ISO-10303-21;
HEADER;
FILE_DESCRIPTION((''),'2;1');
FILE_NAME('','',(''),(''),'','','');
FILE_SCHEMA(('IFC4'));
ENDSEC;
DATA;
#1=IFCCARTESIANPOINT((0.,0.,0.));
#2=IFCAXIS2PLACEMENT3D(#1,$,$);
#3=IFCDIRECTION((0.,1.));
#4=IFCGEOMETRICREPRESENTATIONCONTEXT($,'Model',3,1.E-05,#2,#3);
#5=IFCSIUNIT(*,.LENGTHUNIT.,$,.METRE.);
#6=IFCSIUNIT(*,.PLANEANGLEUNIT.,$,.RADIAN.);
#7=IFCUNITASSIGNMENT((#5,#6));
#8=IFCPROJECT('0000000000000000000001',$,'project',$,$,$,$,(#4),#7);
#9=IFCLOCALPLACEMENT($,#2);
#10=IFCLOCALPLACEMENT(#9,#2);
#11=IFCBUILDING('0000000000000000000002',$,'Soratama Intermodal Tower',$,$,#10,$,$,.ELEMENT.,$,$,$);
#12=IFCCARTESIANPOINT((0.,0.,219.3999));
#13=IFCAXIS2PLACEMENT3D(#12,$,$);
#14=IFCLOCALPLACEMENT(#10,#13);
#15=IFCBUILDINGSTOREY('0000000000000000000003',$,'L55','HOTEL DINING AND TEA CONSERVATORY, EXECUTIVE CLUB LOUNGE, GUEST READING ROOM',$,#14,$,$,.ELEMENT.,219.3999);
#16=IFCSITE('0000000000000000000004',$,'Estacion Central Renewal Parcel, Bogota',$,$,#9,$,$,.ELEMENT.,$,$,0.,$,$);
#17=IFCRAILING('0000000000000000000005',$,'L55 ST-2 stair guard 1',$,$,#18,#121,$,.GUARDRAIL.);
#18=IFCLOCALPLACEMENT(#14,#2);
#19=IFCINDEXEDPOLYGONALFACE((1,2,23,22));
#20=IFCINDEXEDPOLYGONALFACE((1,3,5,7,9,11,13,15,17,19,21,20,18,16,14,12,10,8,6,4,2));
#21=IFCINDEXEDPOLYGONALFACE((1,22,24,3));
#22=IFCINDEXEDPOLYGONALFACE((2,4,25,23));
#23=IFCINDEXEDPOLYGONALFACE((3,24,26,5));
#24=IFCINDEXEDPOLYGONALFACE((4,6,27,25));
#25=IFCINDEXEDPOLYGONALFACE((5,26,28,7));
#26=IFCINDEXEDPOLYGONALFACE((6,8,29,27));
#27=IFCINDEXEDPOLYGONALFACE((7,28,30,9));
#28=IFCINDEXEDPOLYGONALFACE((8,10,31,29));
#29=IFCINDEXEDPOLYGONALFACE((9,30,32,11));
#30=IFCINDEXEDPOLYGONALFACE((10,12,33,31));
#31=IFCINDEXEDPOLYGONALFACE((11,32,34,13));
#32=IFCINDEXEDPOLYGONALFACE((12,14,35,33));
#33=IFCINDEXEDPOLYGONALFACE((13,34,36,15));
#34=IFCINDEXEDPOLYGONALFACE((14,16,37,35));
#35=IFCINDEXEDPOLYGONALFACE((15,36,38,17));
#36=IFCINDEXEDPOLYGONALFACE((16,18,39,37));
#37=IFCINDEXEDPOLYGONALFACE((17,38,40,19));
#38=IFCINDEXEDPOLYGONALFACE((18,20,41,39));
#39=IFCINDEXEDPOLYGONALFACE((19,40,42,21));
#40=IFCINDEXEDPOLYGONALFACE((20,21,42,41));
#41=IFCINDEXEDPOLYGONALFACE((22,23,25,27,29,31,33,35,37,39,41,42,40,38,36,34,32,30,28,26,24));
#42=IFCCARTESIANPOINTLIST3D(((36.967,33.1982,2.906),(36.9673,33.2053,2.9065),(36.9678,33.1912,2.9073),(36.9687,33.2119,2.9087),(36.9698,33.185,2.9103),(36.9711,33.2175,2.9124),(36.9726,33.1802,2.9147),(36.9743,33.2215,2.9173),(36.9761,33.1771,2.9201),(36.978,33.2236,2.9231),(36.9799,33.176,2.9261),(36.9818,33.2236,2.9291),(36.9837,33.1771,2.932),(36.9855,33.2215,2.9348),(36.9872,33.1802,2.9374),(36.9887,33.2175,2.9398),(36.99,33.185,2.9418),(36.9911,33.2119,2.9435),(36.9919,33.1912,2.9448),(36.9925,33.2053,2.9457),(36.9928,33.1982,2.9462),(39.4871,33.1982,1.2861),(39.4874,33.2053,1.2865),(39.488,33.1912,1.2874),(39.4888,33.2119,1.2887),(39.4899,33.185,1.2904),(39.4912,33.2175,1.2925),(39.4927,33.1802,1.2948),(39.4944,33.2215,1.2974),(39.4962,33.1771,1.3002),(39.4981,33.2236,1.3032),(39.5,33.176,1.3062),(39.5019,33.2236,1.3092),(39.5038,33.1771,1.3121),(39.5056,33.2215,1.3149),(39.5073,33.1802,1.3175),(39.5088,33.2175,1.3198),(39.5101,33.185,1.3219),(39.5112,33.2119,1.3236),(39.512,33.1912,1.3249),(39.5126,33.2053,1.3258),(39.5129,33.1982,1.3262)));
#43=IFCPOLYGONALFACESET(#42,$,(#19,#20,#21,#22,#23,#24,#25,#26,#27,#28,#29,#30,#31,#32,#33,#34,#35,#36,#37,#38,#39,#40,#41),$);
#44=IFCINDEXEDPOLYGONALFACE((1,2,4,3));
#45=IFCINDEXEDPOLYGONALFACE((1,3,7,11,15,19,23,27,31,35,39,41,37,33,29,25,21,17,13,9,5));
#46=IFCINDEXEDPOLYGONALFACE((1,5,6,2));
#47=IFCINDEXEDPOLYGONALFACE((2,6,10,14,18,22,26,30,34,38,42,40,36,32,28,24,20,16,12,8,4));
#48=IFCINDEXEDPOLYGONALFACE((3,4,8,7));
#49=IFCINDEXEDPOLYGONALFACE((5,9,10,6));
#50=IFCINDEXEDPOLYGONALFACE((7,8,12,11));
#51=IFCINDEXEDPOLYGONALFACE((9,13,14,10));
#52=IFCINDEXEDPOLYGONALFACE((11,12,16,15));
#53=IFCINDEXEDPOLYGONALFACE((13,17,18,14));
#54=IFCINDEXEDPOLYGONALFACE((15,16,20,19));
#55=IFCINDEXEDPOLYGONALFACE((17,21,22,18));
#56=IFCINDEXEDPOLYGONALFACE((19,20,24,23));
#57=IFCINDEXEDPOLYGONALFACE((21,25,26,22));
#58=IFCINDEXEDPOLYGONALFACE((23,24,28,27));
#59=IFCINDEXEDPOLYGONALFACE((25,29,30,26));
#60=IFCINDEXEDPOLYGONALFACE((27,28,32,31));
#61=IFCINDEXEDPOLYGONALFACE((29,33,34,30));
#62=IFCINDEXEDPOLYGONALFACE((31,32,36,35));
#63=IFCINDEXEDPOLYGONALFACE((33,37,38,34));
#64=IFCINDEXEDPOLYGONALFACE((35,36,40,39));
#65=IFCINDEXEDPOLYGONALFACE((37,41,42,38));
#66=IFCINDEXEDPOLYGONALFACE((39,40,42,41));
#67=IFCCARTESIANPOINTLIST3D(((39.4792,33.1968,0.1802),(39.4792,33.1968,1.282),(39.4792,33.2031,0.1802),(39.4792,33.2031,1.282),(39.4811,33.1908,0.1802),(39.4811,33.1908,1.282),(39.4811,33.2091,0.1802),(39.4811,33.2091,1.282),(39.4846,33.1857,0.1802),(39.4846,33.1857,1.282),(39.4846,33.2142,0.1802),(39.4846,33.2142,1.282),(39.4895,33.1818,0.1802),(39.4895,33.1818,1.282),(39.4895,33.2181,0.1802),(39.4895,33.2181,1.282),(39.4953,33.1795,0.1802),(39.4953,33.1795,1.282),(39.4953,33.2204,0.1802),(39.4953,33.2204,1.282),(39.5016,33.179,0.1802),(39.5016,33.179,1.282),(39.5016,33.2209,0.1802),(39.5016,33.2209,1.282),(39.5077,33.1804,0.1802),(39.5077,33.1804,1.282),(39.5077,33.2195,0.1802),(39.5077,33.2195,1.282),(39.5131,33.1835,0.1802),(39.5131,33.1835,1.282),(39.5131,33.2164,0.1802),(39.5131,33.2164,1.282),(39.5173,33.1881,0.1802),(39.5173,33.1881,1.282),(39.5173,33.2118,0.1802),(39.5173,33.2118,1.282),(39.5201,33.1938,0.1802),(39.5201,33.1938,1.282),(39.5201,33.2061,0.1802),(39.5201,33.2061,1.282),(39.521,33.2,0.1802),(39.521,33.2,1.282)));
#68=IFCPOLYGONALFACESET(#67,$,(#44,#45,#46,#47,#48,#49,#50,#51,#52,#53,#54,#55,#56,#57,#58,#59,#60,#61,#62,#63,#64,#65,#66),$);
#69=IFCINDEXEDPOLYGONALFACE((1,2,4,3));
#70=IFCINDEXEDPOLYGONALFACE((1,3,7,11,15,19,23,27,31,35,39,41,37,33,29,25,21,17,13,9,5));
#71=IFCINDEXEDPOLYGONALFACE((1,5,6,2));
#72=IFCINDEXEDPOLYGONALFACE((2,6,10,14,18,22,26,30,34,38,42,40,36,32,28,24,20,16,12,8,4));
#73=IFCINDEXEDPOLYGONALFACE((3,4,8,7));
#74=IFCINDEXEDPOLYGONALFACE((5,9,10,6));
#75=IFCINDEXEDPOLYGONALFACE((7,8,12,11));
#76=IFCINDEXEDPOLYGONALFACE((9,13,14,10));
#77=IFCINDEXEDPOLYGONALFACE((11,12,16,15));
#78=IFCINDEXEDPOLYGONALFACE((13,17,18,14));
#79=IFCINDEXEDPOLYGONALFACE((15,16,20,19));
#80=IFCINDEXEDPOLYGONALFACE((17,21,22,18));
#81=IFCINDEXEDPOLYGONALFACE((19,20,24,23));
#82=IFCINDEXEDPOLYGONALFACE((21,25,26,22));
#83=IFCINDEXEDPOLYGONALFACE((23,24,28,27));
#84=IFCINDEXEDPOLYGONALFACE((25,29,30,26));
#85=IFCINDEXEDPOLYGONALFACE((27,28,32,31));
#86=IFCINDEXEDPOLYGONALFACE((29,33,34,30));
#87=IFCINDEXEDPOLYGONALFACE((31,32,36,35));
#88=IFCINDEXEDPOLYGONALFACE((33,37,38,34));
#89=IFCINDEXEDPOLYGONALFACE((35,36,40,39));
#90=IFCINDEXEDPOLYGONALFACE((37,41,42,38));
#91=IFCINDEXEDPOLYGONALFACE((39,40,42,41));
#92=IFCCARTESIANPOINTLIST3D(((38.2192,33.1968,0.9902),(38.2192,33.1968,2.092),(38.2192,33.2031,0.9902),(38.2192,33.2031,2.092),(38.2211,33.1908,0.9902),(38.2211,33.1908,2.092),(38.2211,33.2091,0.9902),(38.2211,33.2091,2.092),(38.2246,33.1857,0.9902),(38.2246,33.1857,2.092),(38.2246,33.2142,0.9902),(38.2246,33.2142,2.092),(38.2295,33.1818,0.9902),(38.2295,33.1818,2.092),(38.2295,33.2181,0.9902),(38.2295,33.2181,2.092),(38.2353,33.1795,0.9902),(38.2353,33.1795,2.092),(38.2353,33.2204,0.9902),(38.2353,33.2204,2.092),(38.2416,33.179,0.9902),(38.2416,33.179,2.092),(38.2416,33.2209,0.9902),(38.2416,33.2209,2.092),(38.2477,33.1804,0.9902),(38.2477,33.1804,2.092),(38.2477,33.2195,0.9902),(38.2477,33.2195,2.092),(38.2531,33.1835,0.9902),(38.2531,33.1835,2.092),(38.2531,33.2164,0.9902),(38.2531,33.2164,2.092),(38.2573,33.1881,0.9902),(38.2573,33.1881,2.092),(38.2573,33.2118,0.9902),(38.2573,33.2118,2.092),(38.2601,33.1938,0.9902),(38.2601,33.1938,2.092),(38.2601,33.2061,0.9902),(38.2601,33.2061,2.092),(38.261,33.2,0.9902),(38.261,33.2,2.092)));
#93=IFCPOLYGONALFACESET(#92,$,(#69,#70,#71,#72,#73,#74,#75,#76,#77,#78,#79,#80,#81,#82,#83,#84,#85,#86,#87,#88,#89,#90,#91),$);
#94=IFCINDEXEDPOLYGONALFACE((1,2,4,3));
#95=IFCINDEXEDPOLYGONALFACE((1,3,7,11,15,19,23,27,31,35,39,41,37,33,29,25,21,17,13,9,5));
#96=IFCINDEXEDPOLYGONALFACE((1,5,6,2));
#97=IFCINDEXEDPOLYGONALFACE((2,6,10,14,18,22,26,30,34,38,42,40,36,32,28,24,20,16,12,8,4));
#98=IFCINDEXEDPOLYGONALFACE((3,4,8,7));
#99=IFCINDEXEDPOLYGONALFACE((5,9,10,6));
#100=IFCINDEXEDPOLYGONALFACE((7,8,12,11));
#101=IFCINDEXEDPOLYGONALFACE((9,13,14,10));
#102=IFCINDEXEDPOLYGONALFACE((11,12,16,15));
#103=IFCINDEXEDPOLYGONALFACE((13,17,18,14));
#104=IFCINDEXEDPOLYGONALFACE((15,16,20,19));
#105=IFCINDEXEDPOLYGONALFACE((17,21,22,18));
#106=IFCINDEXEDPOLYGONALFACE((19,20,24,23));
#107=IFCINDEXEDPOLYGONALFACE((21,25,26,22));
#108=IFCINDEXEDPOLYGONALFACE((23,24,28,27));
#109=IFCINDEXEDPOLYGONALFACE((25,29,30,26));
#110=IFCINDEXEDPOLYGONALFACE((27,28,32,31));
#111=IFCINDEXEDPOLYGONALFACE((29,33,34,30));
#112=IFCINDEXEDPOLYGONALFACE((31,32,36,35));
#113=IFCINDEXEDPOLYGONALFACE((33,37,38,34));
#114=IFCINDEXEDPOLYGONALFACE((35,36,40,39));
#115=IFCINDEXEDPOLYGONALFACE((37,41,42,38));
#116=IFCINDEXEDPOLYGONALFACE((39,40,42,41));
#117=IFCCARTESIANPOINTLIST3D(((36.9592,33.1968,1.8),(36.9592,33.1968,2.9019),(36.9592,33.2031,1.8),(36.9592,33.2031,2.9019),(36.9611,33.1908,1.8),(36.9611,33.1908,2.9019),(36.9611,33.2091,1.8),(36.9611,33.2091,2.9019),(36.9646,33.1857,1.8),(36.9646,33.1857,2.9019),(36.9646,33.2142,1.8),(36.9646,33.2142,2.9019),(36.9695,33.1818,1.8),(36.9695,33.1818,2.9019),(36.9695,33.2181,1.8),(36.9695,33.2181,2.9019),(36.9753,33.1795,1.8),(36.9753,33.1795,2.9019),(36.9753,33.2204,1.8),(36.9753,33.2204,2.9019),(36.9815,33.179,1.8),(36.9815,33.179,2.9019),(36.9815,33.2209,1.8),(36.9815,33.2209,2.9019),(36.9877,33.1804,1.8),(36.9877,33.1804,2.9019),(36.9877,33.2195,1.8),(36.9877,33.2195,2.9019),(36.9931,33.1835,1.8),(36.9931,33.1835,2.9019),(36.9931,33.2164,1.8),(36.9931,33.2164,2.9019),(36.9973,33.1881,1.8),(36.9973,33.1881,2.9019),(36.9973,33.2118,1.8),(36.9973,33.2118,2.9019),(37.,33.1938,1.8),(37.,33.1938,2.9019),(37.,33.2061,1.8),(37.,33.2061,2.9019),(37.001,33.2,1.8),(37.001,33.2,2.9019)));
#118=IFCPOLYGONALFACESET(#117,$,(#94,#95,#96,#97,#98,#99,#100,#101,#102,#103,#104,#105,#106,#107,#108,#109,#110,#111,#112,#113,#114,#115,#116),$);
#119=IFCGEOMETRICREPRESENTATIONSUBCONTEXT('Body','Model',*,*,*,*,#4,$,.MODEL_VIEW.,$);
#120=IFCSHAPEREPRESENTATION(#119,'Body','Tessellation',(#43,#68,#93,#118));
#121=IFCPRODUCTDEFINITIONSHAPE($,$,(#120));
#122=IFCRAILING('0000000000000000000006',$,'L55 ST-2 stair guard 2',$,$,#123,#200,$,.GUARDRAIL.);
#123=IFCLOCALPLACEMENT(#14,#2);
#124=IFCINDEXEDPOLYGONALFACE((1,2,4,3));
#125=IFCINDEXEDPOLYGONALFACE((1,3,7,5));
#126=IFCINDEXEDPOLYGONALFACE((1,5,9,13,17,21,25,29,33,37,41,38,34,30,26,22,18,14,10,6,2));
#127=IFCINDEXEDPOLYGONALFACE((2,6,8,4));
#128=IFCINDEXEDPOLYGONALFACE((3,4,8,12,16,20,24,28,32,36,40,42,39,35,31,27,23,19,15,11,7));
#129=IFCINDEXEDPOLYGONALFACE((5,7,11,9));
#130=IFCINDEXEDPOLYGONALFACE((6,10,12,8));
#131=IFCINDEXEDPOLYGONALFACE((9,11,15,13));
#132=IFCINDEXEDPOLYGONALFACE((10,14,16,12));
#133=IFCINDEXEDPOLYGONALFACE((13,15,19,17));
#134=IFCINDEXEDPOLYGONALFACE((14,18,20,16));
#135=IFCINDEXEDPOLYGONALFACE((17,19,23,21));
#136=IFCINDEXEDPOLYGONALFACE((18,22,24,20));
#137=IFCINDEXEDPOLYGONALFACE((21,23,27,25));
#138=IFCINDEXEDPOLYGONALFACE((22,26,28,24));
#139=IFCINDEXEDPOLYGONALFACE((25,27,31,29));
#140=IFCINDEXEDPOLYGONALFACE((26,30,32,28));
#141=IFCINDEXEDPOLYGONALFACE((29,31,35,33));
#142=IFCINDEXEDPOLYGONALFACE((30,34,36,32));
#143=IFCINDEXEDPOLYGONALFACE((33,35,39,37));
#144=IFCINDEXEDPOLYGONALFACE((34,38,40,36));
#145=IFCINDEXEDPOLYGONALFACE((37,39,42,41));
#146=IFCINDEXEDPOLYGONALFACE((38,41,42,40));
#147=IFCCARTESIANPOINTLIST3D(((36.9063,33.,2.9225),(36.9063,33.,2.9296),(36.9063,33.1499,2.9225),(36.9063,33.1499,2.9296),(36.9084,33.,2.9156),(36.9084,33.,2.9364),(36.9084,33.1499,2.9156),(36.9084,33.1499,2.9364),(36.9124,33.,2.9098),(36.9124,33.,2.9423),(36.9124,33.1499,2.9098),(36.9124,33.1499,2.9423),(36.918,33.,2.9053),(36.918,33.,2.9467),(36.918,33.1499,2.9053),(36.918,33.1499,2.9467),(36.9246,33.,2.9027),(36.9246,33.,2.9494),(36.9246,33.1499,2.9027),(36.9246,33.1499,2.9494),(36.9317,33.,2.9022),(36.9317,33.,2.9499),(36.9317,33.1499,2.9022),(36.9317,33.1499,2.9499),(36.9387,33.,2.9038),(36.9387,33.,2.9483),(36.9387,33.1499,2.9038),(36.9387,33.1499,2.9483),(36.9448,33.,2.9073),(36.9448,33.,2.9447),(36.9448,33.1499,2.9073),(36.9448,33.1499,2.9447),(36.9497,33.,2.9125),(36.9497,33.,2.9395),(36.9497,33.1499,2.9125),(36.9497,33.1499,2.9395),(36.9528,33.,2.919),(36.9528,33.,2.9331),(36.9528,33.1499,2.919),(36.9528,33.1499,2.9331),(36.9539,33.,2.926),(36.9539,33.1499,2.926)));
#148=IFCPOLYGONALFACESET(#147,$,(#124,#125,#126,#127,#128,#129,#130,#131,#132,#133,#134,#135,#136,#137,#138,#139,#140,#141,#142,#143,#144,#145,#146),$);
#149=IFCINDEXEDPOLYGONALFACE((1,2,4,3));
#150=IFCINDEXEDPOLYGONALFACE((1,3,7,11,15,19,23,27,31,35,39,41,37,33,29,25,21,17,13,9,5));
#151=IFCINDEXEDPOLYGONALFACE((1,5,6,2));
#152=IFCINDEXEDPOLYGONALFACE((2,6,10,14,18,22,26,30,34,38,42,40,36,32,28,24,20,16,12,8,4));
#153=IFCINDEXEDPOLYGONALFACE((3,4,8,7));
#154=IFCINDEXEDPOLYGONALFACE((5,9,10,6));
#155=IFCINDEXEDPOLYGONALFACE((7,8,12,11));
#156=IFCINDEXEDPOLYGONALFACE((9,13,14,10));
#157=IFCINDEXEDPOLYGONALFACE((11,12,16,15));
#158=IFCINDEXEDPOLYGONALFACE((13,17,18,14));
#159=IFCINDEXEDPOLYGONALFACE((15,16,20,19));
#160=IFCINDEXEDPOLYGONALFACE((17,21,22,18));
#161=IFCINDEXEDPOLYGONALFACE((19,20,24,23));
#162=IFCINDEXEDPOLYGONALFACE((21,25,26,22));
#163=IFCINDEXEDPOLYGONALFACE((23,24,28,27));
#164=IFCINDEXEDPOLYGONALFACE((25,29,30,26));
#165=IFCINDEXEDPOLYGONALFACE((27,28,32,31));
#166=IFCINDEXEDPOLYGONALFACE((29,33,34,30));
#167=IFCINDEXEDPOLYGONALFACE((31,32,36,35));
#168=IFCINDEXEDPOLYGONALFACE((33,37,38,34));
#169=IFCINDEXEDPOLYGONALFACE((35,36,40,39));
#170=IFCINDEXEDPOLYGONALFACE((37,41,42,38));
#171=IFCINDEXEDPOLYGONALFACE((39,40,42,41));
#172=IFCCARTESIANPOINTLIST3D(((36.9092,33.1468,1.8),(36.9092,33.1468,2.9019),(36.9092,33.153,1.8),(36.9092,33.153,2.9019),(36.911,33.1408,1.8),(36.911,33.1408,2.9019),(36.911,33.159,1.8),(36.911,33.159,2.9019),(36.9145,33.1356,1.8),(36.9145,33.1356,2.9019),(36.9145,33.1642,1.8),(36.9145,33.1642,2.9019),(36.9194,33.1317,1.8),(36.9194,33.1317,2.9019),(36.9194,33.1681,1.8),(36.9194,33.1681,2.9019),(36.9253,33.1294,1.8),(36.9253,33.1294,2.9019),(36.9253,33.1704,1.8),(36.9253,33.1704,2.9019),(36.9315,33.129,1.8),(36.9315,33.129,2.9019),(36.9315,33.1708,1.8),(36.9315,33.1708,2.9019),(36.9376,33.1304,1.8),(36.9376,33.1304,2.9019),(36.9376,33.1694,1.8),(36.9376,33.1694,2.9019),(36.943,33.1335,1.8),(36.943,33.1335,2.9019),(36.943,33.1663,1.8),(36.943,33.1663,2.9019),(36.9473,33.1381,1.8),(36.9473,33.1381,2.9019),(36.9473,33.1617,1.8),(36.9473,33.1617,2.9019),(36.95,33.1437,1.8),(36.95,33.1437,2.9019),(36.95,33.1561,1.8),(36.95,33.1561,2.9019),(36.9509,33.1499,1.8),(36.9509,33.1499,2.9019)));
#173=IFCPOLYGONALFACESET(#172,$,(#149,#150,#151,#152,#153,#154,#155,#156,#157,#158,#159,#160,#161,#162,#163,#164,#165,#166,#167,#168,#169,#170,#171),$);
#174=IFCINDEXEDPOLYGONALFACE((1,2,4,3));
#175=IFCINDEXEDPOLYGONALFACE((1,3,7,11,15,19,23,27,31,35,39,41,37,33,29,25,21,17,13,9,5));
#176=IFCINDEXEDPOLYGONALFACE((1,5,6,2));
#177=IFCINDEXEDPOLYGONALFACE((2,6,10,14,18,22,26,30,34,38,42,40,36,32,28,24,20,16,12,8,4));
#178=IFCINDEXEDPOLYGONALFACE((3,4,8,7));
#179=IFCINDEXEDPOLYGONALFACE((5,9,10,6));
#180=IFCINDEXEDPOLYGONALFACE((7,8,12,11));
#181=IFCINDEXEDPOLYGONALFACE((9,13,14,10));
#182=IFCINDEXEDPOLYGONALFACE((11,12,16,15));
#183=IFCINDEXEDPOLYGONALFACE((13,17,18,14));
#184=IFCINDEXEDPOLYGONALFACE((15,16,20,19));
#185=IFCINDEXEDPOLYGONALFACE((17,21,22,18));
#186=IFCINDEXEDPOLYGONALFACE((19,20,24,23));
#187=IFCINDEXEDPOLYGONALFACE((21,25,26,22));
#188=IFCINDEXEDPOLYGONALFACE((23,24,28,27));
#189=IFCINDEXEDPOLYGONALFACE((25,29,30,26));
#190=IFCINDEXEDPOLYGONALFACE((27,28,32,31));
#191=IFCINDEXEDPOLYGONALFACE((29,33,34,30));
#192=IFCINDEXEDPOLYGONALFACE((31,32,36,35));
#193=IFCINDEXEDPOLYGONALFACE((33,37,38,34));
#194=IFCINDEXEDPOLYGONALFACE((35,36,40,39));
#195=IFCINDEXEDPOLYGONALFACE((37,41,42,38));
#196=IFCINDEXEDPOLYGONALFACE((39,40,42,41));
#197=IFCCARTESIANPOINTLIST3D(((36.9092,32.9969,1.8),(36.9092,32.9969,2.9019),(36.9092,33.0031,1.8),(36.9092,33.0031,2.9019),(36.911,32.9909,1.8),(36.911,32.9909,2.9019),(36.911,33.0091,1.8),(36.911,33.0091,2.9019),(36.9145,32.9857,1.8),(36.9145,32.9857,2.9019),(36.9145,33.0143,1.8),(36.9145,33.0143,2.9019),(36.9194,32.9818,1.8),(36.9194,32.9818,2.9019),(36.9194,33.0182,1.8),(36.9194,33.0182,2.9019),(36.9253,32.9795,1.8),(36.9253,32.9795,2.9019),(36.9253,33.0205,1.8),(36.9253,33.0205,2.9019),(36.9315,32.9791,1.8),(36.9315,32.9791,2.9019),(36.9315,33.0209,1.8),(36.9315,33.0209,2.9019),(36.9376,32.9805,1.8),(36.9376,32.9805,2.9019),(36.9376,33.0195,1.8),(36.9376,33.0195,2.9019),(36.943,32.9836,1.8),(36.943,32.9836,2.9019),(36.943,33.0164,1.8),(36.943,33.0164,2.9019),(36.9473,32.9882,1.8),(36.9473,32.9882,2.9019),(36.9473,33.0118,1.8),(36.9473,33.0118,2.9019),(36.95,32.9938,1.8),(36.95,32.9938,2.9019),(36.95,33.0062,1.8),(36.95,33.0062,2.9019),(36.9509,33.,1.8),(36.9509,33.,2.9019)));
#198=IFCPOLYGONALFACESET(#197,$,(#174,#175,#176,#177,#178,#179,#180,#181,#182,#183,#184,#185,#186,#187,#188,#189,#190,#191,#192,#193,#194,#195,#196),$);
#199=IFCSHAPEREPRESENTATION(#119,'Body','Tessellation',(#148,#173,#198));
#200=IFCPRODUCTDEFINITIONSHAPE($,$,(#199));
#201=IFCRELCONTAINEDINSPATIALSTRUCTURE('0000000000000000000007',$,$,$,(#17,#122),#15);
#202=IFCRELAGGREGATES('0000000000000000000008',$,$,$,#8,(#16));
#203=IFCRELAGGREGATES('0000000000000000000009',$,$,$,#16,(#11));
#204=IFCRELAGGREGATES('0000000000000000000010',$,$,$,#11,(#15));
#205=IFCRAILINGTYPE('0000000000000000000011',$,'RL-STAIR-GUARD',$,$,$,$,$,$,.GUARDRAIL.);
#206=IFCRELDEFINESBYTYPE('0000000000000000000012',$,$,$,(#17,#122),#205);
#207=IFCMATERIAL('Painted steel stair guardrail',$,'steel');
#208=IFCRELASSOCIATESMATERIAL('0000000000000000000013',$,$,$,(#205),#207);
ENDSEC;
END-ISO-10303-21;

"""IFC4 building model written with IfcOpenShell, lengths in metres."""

from ifc_helpers import new_model, si_unit, direction, frame, origin, origin_2d, place, context, subcontext, project, spatial, circle, extrude, material, type_object, element, save


model = new_model("IFC4")

# Units and contexts
model_context = context("Model", 3, precision=1e-05, world=origin(), true_north=direction((0.0, 1.0)))
body_context = subcontext(model_context, "Body", "Model", "MODEL_VIEW")
ifc_project = project(units=[si_unit("LENGTHUNIT", "METRE"), si_unit("PLANEANGLEUNIT", "RADIAN")], contexts=[model_context])

# Site, building, storey
site_placement = place(None, origin())
site = spatial("IfcSite", under=ifc_project, at=site_placement, Name="Estacion Central Renewal Parcel, Bogota", CompositionType="ELEMENT", RefElevation=0.0)
building_placement = place(site_placement, origin())
building = spatial("IfcBuilding", under=site, at=building_placement, Name="Soratama Intermodal Tower", CompositionType="ELEMENT")
storey_placement = place(building_placement, frame((0.0, 0.0, 219.3999)))
storey = spatial("IfcBuildingStorey", under=building, at=storey_placement, Name="L55", Description="HOTEL DINING AND TEA CONSERVATORY, EXECUTIVE CLUB LOUNGE, GUEST READING ROOM", CompositionType="ELEMENT", Elevation=219.3999)

# Railings
ifc_material_1 = material(Name="Painted steel stair guardrail", Category="steel")
railing_type_1 = type_object("IfcRailingType", Name="RL-STAIR-GUARD", PredefinedType="GUARDRAIL", material=ifc_material_1)
railing_1_placement = place(storey_placement, frame((39.5, 33.2, 0.1802)))
element("IfcRailing", 1, at=railing_1_placement, inside=storey, type_object=railing_type_1, Name="L55 ST-2 stair guard 1", PredefinedType="GUARDRAIL", context=body_context, shape_type="SweptSolid", body=[
    extrude(circle(Radius=0.0239, at=origin_2d()), frame((0.0, 0.0, 1.126), z_axis=(-0.8412, 0.0, 0.540725), x_axis=(0.0, -1.0, 0.0)), (0.0, 0.0, 1.0), 2.9958),
    extrude(circle(Radius=0.021, at=origin_2d()), origin(), (0.0, 0.0, 1.0), 1.1018),
    extrude(circle(Radius=0.021, at=origin_2d()), frame((-1.26, 0.0, 0.8101)), (0.0, 0.0, 1.0), 1.1018),
    extrude(circle(Radius=0.021, at=origin_2d()), frame((-2.52, 0.0, 1.6199)), (0.0, 0.0, 1.0), 1.1018),
])
railing_2_placement = place(storey_placement, frame((36.9299, 33.1499, 1.8)))
element("IfcRailing", 2, at=railing_2_placement, inside=storey, type_object=railing_type_1, Name="L55 ST-2 stair guard 2", PredefinedType="GUARDRAIL", context=body_context, shape_type="SweptSolid", body=[
    extrude(circle(Radius=0.0239, at=origin_2d()), frame((0.0, 0.0, 1.126), z_axis=(0.0, -1.0, 0.0), x_axis=(1.0, 0.0, 0.0)), (0.0, 0.0, 1.0), 0.1499),
    extrude(circle(Radius=0.021, at=origin_2d()), origin(), (0.0, 0.0, 1.0), 1.1018),
    extrude(circle(Radius=0.021, at=origin_2d()), frame((0.0, -0.1499, 0.0)), (0.0, 0.0, 1.0), 1.1018),
])

save(model, "model.ifc")
